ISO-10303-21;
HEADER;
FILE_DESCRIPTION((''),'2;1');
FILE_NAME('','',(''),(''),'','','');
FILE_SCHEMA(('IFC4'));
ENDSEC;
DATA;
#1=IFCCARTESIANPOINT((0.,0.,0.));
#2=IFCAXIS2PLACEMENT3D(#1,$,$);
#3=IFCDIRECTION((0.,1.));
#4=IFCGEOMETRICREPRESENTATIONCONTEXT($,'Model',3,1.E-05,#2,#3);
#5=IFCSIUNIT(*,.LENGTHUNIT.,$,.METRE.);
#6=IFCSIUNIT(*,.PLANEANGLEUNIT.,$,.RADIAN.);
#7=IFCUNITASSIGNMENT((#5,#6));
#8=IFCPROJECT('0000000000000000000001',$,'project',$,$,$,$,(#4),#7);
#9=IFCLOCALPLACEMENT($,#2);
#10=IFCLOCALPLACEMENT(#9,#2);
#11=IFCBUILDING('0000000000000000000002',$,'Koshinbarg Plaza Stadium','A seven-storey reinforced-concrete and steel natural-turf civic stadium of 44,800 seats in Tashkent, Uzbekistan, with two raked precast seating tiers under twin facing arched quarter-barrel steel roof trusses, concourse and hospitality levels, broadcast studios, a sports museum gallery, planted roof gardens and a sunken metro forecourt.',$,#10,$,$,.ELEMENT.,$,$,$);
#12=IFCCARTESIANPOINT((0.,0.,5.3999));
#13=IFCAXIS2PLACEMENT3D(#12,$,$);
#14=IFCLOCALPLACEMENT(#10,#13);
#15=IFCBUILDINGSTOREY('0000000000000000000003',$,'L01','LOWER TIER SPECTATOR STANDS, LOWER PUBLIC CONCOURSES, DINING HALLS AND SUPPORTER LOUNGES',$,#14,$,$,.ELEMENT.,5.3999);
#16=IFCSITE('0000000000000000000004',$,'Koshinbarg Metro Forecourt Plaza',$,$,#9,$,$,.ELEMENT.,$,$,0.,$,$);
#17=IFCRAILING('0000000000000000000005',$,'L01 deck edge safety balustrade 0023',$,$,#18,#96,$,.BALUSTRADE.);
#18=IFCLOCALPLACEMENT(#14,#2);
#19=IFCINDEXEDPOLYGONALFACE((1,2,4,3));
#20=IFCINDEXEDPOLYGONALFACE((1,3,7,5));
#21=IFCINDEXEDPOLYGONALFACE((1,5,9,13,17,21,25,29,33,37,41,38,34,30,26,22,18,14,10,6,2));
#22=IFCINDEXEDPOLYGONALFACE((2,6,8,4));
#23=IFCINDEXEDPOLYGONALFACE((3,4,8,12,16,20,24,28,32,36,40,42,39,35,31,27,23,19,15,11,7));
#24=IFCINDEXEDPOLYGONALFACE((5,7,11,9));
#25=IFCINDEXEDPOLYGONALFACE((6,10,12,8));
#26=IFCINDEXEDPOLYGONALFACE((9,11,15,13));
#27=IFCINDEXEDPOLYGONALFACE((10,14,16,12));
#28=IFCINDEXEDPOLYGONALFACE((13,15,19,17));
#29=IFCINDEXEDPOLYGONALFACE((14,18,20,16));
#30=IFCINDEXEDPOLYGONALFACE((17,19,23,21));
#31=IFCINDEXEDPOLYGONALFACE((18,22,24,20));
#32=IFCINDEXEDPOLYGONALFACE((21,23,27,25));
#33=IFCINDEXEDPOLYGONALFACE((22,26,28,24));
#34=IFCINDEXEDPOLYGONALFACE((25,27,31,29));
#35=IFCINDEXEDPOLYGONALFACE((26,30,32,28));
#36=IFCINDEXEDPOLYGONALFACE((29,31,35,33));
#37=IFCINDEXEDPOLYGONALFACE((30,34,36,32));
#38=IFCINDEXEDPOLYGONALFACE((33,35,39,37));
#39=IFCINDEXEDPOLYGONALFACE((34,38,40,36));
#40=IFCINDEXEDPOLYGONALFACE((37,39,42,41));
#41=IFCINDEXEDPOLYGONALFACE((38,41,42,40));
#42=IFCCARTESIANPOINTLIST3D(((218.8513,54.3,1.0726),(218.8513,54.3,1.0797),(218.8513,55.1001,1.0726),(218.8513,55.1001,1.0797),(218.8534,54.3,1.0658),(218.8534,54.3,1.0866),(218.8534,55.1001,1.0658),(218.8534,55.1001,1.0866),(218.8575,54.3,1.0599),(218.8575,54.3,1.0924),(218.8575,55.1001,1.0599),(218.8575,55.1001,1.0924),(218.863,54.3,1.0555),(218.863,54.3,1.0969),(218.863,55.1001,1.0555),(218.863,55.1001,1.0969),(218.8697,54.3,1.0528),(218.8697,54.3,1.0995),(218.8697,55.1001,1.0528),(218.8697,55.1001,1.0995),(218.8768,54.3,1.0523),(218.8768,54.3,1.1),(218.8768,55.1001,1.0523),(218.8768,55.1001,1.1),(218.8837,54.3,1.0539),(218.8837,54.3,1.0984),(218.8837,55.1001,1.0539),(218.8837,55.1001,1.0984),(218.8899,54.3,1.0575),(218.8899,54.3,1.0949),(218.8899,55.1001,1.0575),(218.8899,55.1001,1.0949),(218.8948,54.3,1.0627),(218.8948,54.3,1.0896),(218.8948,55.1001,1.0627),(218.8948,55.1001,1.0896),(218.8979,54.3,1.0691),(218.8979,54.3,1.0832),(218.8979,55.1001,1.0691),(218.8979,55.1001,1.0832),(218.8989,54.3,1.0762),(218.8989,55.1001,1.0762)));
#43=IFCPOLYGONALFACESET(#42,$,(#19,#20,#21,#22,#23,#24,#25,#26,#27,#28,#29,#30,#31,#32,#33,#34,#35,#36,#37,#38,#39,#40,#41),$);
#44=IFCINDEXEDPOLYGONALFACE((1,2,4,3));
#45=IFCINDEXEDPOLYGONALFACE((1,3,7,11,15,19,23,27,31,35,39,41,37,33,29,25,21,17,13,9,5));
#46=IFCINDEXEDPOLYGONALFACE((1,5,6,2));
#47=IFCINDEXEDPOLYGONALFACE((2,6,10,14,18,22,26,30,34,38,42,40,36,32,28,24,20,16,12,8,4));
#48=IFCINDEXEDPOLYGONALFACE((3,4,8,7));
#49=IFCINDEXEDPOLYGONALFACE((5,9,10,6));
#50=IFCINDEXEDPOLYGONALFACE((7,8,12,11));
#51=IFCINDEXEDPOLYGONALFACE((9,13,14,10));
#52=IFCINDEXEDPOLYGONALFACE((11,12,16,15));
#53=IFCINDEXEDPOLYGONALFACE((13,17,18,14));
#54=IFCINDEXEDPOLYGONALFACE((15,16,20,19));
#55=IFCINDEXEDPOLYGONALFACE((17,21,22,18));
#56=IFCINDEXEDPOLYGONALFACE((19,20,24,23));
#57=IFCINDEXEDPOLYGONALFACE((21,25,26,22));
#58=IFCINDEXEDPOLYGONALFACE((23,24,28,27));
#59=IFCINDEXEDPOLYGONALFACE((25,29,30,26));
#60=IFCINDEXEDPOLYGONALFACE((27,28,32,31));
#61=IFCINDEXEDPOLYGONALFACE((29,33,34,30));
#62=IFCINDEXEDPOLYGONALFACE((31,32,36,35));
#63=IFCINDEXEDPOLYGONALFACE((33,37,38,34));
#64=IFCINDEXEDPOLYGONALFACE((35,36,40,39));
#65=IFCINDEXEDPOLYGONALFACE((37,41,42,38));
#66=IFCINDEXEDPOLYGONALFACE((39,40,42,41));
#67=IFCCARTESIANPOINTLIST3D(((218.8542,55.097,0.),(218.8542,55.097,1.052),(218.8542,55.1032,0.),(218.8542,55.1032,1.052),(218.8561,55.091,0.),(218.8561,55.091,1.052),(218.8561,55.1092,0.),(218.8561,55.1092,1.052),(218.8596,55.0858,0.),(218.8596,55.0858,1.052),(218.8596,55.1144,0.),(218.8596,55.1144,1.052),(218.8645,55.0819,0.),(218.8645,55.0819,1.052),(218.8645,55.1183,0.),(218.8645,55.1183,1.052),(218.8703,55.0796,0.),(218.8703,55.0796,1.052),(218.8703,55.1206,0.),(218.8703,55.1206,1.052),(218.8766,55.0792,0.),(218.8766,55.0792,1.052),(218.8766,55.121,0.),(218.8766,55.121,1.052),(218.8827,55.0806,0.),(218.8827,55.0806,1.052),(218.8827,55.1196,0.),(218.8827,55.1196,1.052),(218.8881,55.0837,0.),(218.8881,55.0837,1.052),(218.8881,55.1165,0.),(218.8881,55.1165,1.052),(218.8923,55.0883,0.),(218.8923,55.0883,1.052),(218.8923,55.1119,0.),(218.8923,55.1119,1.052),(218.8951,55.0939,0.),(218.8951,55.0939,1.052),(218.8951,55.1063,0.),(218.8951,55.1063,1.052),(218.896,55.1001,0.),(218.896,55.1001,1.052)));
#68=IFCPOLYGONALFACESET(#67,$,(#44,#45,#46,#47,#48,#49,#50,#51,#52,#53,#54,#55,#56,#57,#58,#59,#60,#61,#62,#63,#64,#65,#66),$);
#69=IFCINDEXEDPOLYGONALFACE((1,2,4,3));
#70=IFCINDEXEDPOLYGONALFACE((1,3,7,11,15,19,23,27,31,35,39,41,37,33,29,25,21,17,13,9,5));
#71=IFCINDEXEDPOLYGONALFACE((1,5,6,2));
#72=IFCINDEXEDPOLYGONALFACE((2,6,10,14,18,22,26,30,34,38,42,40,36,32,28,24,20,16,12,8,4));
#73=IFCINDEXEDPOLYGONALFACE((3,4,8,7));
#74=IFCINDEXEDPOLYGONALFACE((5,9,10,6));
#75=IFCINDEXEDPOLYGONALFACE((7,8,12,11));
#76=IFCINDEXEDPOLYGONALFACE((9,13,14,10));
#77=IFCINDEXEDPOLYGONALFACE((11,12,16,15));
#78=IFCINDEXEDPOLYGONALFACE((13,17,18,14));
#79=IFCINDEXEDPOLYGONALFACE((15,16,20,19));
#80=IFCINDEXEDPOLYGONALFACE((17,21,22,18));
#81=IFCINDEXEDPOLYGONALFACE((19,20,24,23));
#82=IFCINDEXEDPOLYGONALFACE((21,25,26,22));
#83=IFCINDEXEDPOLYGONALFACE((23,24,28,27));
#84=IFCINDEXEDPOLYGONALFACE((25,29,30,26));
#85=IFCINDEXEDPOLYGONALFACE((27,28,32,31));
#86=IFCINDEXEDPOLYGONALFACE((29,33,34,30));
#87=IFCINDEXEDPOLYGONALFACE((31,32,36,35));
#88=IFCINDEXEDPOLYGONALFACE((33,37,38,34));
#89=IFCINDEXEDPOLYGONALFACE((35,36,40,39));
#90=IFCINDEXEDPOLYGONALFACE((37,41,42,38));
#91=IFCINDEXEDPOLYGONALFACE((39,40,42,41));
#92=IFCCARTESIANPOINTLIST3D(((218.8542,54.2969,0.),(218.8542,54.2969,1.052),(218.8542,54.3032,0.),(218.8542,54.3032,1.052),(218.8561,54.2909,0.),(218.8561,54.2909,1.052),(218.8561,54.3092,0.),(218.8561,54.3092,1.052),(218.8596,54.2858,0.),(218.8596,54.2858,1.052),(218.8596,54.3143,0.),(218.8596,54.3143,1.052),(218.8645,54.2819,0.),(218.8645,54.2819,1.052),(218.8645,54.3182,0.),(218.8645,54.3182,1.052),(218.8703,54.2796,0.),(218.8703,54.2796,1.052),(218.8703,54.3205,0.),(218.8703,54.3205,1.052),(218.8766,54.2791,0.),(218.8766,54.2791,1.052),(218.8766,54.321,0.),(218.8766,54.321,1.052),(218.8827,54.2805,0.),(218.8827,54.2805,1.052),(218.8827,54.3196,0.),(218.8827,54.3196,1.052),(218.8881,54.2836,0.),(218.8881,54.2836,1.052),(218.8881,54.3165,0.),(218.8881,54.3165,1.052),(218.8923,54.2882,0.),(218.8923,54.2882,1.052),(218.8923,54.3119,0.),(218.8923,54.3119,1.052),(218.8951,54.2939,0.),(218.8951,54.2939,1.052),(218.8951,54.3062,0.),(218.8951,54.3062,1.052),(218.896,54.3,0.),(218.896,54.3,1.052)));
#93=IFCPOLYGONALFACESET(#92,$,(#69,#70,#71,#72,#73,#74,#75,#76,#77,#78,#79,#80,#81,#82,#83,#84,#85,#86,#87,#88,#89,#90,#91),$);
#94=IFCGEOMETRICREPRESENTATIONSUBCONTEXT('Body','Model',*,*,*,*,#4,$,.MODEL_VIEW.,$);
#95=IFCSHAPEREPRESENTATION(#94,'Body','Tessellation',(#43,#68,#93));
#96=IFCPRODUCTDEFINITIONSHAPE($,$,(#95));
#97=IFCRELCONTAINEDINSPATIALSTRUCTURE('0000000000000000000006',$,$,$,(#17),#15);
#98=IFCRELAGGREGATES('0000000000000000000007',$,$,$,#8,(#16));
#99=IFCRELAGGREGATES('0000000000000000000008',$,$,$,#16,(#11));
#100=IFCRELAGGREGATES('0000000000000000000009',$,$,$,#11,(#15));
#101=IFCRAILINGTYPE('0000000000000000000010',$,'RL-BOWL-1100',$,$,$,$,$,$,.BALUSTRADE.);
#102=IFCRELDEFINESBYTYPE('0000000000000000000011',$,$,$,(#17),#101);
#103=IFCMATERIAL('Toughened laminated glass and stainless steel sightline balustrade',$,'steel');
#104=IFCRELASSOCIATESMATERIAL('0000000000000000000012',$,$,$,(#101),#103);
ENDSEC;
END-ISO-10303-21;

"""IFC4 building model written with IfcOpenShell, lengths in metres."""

from ifc_helpers import new_model, si_unit, direction, frame, origin, origin_2d, place, context, subcontext, project, spatial, circle, extrude, material, type_object, element, save


model = new_model("IFC4")

# Units and contexts
model_context = context("Model", 3, precision=1e-05, world=origin(), true_north=direction((0.0, 1.0)))
body_context = subcontext(model_context, "Body", "Model", "MODEL_VIEW")
ifc_project = project(units=[si_unit("LENGTHUNIT", "METRE"), si_unit("PLANEANGLEUNIT", "RADIAN")], contexts=[model_context])

# Site, building, storey
site_placement = place(None, origin())
site = spatial("IfcSite", under=ifc_project, at=site_placement, Name="Koshinbarg Metro Forecourt Plaza", CompositionType="ELEMENT", RefElevation=0.0)
building_placement = place(site_placement, origin())
building = spatial("IfcBuilding", under=site, at=building_placement, Name="Koshinbarg Plaza Stadium", Description="A seven-storey reinforced-concrete and steel natural-turf civic stadium of 44,800 seats in Tashkent, Uzbekistan, with two raked precast seating tiers under twin facing arched quarter-barrel steel roof trusses, concourse and hospitality levels, broadcast studios, a sports museum gallery, planted roof gardens and a sunken metro forecourt.", CompositionType="ELEMENT")
storey_placement = place(building_placement, frame((0.0, 0.0, 5.3999)))
storey = spatial("IfcBuildingStorey", under=building, at=storey_placement, Name="L01", Description="LOWER TIER SPECTATOR STANDS, LOWER PUBLIC CONCOURSES, DINING HALLS AND SUPPORTER LOUNGES", CompositionType="ELEMENT", Elevation=5.3999)

# Railing
ifc_material_1 = material(Name="Toughened laminated glass and stainless steel sightline balustrade", Category="steel")
railing_type = type_object("IfcRailingType", Name="RL-BOWL-1100", PredefinedType="BALUSTRADE", material=ifc_material_1)
railing_placement = place(storey_placement, frame((218.875, 55.1001, 0.0)))
element("IfcRailing", 1, at=railing_placement, inside=storey, type_object=railing_type, Name="L01 deck edge safety balustrade 0023", PredefinedType="BALUSTRADE", context=body_context, shape_type="SweptSolid", body=[
    extrude(circle(Radius=0.0239, at=origin_2d()), frame((0.0, 0.0, 1.0762), z_axis=(0.0, -1.0, 0.0), x_axis=(1.0, 0.0, 0.0)), (0.0, 0.0, 1.0), 0.8),
    extrude(circle(Radius=0.021, at=origin_2d()), origin(), (0.0, 0.0, 1.0), 1.052),
    extrude(circle(Radius=0.021, at=origin_2d()), frame((0.0, -0.8, 0.0)), (0.0, 0.0, 1.0), 1.052),
])

save(model, "model.ifc")
